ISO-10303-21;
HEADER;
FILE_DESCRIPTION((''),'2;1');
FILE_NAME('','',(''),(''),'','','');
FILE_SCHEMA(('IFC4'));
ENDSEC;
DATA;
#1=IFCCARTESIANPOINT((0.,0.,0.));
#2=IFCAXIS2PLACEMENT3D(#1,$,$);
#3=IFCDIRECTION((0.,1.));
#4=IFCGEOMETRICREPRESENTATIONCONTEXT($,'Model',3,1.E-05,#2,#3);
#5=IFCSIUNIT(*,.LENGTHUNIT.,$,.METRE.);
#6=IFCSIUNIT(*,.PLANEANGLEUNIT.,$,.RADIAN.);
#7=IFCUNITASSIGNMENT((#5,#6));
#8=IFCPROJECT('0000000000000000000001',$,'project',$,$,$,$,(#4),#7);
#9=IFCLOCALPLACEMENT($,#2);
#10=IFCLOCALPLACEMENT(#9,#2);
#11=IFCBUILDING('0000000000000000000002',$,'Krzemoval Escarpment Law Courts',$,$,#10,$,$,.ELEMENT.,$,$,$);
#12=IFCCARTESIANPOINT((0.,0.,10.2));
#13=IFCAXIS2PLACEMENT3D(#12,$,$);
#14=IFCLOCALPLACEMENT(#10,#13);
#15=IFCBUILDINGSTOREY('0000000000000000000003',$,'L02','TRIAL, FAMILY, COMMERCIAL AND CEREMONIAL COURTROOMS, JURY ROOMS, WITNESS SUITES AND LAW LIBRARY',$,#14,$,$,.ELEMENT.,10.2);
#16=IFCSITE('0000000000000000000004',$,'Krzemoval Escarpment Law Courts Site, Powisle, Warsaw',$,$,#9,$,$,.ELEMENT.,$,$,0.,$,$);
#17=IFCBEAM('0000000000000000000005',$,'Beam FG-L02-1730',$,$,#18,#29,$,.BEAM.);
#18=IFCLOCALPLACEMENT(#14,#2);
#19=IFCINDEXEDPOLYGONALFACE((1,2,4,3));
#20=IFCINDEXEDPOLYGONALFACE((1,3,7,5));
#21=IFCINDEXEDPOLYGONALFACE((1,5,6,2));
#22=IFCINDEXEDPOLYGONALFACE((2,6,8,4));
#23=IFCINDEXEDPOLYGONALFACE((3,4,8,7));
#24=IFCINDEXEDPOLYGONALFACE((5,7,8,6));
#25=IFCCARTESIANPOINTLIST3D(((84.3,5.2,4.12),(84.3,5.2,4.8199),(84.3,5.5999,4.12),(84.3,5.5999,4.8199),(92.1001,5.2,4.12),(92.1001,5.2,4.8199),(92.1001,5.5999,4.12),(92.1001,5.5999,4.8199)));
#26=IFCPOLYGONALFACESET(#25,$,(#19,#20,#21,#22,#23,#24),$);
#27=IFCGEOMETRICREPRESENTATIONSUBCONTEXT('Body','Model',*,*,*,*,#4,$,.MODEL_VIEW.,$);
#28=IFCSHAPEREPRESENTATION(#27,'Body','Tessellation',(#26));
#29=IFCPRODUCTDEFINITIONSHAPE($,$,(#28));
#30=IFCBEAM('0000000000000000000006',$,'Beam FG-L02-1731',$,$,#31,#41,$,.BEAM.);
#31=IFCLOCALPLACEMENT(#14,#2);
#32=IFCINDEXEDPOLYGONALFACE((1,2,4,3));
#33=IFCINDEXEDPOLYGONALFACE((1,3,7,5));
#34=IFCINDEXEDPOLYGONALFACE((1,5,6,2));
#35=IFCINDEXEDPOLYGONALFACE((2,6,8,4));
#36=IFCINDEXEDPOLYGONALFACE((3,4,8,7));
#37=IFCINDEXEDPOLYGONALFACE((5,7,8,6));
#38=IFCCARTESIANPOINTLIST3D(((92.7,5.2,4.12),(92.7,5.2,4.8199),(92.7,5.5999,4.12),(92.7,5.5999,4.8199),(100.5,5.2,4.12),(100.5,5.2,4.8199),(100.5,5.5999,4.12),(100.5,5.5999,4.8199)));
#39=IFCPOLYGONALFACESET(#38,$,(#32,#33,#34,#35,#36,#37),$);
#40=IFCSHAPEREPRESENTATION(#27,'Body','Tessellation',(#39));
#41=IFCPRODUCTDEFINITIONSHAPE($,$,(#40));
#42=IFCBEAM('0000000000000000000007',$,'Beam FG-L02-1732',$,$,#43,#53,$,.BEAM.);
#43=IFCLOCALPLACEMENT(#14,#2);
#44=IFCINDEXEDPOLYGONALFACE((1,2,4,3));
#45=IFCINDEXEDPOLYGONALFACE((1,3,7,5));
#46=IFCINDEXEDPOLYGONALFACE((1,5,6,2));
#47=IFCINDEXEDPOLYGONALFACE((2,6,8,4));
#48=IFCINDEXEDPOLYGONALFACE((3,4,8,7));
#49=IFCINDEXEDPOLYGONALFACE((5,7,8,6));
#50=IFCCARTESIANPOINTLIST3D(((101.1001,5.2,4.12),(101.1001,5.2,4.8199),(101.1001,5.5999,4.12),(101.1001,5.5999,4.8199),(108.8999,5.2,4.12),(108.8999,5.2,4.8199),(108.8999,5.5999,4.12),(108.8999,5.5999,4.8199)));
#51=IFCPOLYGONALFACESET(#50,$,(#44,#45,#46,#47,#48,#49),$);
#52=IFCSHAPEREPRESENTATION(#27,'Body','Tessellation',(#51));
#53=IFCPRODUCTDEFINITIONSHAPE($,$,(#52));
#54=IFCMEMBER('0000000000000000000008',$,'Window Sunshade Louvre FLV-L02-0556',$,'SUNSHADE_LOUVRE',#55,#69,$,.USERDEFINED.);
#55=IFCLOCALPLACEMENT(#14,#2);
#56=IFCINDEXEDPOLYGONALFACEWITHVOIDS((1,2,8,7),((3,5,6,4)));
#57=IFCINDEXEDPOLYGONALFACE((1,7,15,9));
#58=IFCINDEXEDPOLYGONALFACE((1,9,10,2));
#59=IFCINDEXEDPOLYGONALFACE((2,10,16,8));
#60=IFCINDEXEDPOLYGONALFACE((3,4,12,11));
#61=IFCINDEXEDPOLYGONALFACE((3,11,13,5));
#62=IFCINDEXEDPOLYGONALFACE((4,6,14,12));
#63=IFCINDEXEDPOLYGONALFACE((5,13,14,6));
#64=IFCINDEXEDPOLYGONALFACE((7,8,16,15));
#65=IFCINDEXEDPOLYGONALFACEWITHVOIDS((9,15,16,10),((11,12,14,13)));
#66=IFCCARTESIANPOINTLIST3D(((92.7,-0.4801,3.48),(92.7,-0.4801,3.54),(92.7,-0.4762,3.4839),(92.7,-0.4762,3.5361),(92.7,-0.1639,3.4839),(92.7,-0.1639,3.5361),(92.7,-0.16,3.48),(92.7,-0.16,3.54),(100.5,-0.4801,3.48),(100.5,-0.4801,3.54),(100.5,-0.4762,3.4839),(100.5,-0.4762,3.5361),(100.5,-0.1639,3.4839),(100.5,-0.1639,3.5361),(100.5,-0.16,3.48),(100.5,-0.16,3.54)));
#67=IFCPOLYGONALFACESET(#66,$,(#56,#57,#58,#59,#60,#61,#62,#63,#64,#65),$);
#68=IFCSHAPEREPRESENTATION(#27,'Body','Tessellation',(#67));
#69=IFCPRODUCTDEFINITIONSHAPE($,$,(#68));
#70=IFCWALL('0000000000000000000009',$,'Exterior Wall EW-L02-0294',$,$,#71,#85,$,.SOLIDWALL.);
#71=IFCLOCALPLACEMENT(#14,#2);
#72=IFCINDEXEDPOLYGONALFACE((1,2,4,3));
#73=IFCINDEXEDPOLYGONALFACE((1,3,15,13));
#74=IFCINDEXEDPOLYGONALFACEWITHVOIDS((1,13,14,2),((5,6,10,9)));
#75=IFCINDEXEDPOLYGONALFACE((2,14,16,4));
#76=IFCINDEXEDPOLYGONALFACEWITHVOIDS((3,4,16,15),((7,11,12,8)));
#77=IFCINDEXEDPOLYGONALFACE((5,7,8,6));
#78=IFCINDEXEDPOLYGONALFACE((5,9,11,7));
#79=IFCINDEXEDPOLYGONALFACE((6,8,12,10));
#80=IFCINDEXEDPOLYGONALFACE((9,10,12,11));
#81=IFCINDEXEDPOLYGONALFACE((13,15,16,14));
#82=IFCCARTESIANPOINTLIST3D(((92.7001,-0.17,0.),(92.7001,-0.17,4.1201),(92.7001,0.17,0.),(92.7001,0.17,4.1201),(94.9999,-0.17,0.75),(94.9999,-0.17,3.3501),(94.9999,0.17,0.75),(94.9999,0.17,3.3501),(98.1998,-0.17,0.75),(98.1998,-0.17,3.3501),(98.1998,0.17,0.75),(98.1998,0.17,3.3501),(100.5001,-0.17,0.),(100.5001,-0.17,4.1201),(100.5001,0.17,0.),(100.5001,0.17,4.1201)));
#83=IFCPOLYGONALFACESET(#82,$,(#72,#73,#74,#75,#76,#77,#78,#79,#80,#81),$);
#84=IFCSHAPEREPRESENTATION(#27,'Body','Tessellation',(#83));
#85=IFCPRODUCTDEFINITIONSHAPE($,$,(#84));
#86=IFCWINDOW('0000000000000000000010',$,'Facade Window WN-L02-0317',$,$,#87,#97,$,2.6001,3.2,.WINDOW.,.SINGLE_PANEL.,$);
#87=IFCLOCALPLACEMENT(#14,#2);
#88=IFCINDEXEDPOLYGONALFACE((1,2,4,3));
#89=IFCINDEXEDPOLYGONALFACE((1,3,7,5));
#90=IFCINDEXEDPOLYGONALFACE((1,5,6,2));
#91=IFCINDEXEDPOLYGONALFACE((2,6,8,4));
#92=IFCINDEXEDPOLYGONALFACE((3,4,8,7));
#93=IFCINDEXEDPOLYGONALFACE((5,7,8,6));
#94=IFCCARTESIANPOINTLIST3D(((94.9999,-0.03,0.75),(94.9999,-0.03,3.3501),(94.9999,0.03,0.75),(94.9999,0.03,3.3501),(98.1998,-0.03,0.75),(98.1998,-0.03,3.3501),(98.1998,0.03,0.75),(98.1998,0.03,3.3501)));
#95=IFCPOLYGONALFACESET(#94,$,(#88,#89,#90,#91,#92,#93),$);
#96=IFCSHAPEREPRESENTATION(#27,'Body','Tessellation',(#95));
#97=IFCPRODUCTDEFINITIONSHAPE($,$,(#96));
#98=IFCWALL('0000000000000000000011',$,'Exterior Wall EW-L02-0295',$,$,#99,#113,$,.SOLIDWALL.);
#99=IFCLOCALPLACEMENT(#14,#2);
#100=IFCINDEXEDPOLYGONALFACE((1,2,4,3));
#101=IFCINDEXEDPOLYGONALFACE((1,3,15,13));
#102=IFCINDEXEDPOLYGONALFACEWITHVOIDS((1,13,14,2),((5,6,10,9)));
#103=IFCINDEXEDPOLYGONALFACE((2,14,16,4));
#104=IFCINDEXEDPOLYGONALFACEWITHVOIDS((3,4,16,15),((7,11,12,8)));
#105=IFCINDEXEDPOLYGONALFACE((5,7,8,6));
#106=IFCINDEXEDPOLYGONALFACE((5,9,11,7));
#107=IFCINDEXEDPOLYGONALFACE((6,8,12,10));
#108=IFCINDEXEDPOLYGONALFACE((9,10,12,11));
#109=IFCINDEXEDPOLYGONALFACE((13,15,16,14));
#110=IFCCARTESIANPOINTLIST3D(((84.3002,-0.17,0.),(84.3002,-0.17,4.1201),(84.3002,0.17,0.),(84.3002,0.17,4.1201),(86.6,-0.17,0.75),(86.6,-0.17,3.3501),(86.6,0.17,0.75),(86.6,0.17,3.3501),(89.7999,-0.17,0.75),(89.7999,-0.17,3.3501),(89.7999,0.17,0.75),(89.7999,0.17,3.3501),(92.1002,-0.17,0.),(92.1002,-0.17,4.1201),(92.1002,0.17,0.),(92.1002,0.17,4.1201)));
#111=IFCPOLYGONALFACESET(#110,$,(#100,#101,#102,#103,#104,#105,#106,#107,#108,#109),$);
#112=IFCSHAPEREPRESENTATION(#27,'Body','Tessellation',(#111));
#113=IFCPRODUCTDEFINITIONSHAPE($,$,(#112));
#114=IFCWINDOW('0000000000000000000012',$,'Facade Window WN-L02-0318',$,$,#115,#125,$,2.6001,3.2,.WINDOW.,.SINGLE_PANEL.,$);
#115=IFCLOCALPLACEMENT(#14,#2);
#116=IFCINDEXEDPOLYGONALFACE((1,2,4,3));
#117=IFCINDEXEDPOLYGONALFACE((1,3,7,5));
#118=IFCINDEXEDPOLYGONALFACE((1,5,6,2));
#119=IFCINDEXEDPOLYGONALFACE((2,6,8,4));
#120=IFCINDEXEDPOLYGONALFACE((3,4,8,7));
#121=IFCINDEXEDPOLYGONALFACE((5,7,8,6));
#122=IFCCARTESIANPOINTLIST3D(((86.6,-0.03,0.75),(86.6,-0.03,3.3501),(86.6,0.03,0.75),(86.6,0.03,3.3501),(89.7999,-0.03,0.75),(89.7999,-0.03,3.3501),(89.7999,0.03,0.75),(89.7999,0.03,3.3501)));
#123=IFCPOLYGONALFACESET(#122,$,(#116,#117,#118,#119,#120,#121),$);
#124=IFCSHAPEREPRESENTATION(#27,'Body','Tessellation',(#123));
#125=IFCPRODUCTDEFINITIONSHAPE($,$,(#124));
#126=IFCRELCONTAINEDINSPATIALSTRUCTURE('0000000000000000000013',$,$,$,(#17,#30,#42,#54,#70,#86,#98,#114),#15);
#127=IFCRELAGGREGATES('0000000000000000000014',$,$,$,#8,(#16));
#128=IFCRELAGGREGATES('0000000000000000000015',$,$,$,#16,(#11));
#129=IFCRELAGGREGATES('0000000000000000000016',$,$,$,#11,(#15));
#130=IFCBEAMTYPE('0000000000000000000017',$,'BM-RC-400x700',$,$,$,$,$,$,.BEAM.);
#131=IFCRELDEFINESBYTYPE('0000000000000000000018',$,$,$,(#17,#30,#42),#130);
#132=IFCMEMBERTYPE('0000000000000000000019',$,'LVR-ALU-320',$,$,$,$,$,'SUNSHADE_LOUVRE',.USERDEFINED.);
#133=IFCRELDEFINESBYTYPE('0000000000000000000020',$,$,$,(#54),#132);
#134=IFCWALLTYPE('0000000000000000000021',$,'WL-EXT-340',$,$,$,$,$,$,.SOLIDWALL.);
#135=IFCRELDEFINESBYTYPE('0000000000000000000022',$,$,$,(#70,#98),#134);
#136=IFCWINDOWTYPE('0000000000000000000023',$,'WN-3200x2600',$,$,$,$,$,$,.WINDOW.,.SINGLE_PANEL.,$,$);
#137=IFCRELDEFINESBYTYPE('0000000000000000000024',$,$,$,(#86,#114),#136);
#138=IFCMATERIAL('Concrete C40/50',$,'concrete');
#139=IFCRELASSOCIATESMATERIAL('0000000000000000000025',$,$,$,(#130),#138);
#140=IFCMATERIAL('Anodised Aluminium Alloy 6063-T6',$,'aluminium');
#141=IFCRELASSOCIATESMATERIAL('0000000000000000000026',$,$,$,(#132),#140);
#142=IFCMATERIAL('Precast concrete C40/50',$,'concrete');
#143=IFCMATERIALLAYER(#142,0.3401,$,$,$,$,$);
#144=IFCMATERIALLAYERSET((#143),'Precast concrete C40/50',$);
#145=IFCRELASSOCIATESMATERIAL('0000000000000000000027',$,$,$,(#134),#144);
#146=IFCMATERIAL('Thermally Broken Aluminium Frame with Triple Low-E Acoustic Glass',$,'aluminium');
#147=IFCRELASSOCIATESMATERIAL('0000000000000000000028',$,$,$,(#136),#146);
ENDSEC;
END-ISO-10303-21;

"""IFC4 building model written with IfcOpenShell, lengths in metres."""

from ifc_helpers import new_model, si_unit, direction, frame, frame_2d, origin, origin_2d, place, context, subcontext, project, spatial, rectangle, hollow_rectangle, extrude, material, layer, layer_set, material_profile, profile_set, type_object, element, fill, save


model = new_model("IFC4")

# Units and contexts
model_context = context("Model", 3, precision=1e-05, world=origin(), true_north=direction((0.0, 1.0)))
body_context = subcontext(model_context, "Body", "Model", "MODEL_VIEW")
ifc_project = project(units=[si_unit("LENGTHUNIT", "METRE"), si_unit("PLANEANGLEUNIT", "RADIAN")], contexts=[model_context])

# Site, building, storey
site_placement = place(None, origin())
site = spatial("IfcSite", under=ifc_project, at=site_placement, Name="Krzemoval Escarpment Law Courts Site, Powisle, Warsaw", CompositionType="ELEMENT", RefElevation=0.0)
building_placement = place(site_placement, origin())
building = spatial("IfcBuilding", under=site, at=building_placement, Name="Krzemoval Escarpment Law Courts", CompositionType="ELEMENT")
storey_placement = place(building_placement, frame((0.0, 0.0, 10.2)))
storey = spatial("IfcBuildingStorey", under=building, at=storey_placement, Name="L02", Description="TRIAL, FAMILY, COMMERCIAL AND CEREMONIAL COURTROOMS, JURY ROOMS, WITNESS SUITES AND LAW LIBRARY", CompositionType="ELEMENT", Elevation=10.2)

# Beams
ifc_material_1 = material(Name="Concrete C40/50", Category="concrete")
ifc_material_profile_1 = material_profile(ifc_material_1, rectangle(XDim=0.3999, YDim=0.7, at=origin_2d()), Name="RCB 400x700")
ifc_profile_set_1 = profile_set([ifc_material_profile_1], Name="Concrete C40/50")
beam_type_1 = type_object("IfcBeamType", Name="BM-RC-400x700", PredefinedType="BEAM", material=ifc_profile_set_1)
for number, where, z_axis, x_axis, name in (
    (1, (84.3, 5.3999, 4.47), (1.0, 0.0, 0.0), (0.0, 1.0, 0.0), "Beam FG-L02-1730"),
    (2, (92.7, 5.3999, 4.47), (1.0, 0.0, 0.0), (0.0, 1.0, 0.0), "Beam FG-L02-1731"),
):
    element("IfcBeam", number, at=place(storey_placement, frame(where, z_axis=z_axis, x_axis=x_axis)), inside=storey, type_object=beam_type_1, Name=name, PredefinedType="BEAM", context=body_context, shape_type="SweptSolid", body=[
        extrude(rectangle(XDim=0.3999, YDim=0.7, at=origin_2d()), origin(), (0.0, 0.0, 1.0), 7.8),
    ])
beam_1_placement = place(storey_placement, frame((101.1001, 5.3999, 4.47), z_axis=(1.0, 0.0, 0.0), x_axis=(0.0, 1.0, 0.0)))
element("IfcBeam", 3, at=beam_1_placement, inside=storey, type_object=beam_type_1, Name="Beam FG-L02-1732", PredefinedType="BEAM", context=body_context, shape_type="SweptSolid", body=[
    extrude(rectangle(XDim=0.3999, YDim=0.7, at=origin_2d()), origin(), (0.0, 0.0, 1.0), 7.7998),
])

# Member
ifc_material_2 = material(Name="Anodised Aluminium Alloy 6063-T6", Category="aluminium")
ifc_material_profile_2 = material_profile(ifc_material_2, hollow_rectangle(XDim=0.0601, YDim=0.3201, WallThickness=0.0039, at=origin_2d()), Name="ALU LVR 60x320")
ifc_profile_set_2 = profile_set([ifc_material_profile_2], Name="Anodised Aluminium Alloy 6063-T6")
member_type = type_object("IfcMemberType", Name="LVR-ALU-320", ElementType="SUNSHADE_LOUVRE", PredefinedType="USERDEFINED", material=ifc_profile_set_2)
member_placement = place(storey_placement, frame((100.5, -0.3201, 3.51), z_axis=(-1.0, 0.0, 0.0), x_axis=(0.0, 0.0, 1.0)))
element("IfcMember", 4, at=member_placement, inside=storey, type_object=member_type, Name="Window Sunshade Louvre FLV-L02-0556", ObjectType="SUNSHADE_LOUVRE", PredefinedType="USERDEFINED", context=body_context, shape_type="SweptSolid", body=[
    extrude(hollow_rectangle(XDim=0.0601, YDim=0.3201, WallThickness=0.0039, at=origin_2d()), origin(), (0.0, 0.0, 1.0), 7.8),
])

# Walls, openings, windows
ifc_material_3 = material(Name="Precast concrete C40/50", Category="concrete")
ifc_layer = layer(ifc_material_3, 0.3401)
ifc_layer_set = layer_set([ifc_layer], Name="Precast concrete C40/50")
wall_type = type_object("IfcWallType", Name="WL-EXT-340", PredefinedType="SOLIDWALL", material=ifc_layer_set)
wall_1_placement = place(storey_placement, frame((100.5, 0.0, 0.0), z_axis=(0.0, 0.0, 1.0), x_axis=(-1.0, 0.0, 0.0)))
wall_1 = element("IfcWall", 5, at=wall_1_placement, inside=storey, type_object=wall_type, Name="Exterior Wall EW-L02-0294", PredefinedType="SOLIDWALL", context=body_context, shape_type="SweptSolid", body=[
    extrude(rectangle(XDim=7.8, YDim=0.3401, at=frame_2d((3.8999, 0.0))), origin(), (0.0, 0.0, 1.0), 4.1201),
])
opening_1_placement = place(wall_1_placement, frame((2.3, 0.0, 0.75)))
opening_1 = element("IfcOpeningElement", 6, at=opening_1_placement, cuts=wall_1, PredefinedType="OPENING", context=body_context, shape_type="SweptSolid", body=[
    extrude(rectangle(XDim=3.2, YDim=2.6001, at=frame_2d((1.6001, 1.3))), frame((0.0, 0.185, 0.0), z_axis=(0.0, -1.0, 0.0), x_axis=(1.0, 0.0, 0.0)), (0.0, 0.0, 1.0), 0.3701),
])
ifc_material_4 = material(Name="Thermally Broken Aluminium Frame with Triple Low-E Acoustic Glass", Category="aluminium")
window_type = type_object("IfcWindowType", Name="WN-3200x2600", PartitioningType="SINGLE_PANEL", PredefinedType="WINDOW", material=ifc_material_4)
window_1_placement = place(opening_1_placement, origin())
window_1 = element("IfcWindow", 7, at=window_1_placement, inside=storey, type_object=window_type, Name="Facade Window WN-L02-0317", OverallHeight=2.6001, OverallWidth=3.2, PartitioningType="SINGLE_PANEL", PredefinedType="WINDOW", context=body_context, shape_type="SweptSolid", body=[
    extrude(rectangle(XDim=3.2, YDim=2.6001, at=frame_2d((1.6001, 1.3))), frame((0.0, 0.03, 0.0), z_axis=(0.0, -1.0, 0.0), x_axis=(1.0, 0.0, 0.0)), (0.0, 0.0, 1.0), 0.0601),
])
fill(opening_1, window_1)
wall_2_placement = place(storey_placement, frame((92.1001, 0.0, 0.0), z_axis=(0.0, 0.0, 1.0), x_axis=(-1.0, 0.0, 0.0)))
wall_2 = element("IfcWall", 8, at=wall_2_placement, inside=storey, type_object=wall_type, Name="Exterior Wall EW-L02-0295", PredefinedType="SOLIDWALL", context=body_context, shape_type="SweptSolid", body=[
    extrude(rectangle(XDim=7.8, YDim=0.3401, at=frame_2d((3.8999, 0.0))), origin(), (0.0, 0.0, 1.0), 4.1201),
])
opening_2_placement = place(wall_2_placement, frame((2.3, 0.0, 0.75)))
opening_2 = element("IfcOpeningElement", 9, at=opening_2_placement, cuts=wall_2, PredefinedType="OPENING", context=body_context, shape_type="SweptSolid", body=[
    extrude(rectangle(XDim=3.2, YDim=2.6001, at=frame_2d((1.6001, 1.3))), frame((0.0, 0.185, 0.0), z_axis=(0.0, -1.0, 0.0), x_axis=(1.0, 0.0, 0.0)), (0.0, 0.0, 1.0), 0.3701),
])
window_2_placement = place(opening_2_placement, origin())
window_2 = element("IfcWindow", 10, at=window_2_placement, inside=storey, type_object=window_type, Name="Facade Window WN-L02-0318", OverallHeight=2.6001, OverallWidth=3.2, PartitioningType="SINGLE_PANEL", PredefinedType="WINDOW", context=body_context, shape_type="SweptSolid", body=[
    extrude(rectangle(XDim=3.2, YDim=2.6001, at=frame_2d((1.6001, 1.3))), frame((0.0, 0.03, 0.0), z_axis=(0.0, -1.0, 0.0), x_axis=(1.0, 0.0, 0.0)), (0.0, 0.0, 1.0), 0.0601),
])
fill(opening_2, window_2)

save(model, "model.ifc")
